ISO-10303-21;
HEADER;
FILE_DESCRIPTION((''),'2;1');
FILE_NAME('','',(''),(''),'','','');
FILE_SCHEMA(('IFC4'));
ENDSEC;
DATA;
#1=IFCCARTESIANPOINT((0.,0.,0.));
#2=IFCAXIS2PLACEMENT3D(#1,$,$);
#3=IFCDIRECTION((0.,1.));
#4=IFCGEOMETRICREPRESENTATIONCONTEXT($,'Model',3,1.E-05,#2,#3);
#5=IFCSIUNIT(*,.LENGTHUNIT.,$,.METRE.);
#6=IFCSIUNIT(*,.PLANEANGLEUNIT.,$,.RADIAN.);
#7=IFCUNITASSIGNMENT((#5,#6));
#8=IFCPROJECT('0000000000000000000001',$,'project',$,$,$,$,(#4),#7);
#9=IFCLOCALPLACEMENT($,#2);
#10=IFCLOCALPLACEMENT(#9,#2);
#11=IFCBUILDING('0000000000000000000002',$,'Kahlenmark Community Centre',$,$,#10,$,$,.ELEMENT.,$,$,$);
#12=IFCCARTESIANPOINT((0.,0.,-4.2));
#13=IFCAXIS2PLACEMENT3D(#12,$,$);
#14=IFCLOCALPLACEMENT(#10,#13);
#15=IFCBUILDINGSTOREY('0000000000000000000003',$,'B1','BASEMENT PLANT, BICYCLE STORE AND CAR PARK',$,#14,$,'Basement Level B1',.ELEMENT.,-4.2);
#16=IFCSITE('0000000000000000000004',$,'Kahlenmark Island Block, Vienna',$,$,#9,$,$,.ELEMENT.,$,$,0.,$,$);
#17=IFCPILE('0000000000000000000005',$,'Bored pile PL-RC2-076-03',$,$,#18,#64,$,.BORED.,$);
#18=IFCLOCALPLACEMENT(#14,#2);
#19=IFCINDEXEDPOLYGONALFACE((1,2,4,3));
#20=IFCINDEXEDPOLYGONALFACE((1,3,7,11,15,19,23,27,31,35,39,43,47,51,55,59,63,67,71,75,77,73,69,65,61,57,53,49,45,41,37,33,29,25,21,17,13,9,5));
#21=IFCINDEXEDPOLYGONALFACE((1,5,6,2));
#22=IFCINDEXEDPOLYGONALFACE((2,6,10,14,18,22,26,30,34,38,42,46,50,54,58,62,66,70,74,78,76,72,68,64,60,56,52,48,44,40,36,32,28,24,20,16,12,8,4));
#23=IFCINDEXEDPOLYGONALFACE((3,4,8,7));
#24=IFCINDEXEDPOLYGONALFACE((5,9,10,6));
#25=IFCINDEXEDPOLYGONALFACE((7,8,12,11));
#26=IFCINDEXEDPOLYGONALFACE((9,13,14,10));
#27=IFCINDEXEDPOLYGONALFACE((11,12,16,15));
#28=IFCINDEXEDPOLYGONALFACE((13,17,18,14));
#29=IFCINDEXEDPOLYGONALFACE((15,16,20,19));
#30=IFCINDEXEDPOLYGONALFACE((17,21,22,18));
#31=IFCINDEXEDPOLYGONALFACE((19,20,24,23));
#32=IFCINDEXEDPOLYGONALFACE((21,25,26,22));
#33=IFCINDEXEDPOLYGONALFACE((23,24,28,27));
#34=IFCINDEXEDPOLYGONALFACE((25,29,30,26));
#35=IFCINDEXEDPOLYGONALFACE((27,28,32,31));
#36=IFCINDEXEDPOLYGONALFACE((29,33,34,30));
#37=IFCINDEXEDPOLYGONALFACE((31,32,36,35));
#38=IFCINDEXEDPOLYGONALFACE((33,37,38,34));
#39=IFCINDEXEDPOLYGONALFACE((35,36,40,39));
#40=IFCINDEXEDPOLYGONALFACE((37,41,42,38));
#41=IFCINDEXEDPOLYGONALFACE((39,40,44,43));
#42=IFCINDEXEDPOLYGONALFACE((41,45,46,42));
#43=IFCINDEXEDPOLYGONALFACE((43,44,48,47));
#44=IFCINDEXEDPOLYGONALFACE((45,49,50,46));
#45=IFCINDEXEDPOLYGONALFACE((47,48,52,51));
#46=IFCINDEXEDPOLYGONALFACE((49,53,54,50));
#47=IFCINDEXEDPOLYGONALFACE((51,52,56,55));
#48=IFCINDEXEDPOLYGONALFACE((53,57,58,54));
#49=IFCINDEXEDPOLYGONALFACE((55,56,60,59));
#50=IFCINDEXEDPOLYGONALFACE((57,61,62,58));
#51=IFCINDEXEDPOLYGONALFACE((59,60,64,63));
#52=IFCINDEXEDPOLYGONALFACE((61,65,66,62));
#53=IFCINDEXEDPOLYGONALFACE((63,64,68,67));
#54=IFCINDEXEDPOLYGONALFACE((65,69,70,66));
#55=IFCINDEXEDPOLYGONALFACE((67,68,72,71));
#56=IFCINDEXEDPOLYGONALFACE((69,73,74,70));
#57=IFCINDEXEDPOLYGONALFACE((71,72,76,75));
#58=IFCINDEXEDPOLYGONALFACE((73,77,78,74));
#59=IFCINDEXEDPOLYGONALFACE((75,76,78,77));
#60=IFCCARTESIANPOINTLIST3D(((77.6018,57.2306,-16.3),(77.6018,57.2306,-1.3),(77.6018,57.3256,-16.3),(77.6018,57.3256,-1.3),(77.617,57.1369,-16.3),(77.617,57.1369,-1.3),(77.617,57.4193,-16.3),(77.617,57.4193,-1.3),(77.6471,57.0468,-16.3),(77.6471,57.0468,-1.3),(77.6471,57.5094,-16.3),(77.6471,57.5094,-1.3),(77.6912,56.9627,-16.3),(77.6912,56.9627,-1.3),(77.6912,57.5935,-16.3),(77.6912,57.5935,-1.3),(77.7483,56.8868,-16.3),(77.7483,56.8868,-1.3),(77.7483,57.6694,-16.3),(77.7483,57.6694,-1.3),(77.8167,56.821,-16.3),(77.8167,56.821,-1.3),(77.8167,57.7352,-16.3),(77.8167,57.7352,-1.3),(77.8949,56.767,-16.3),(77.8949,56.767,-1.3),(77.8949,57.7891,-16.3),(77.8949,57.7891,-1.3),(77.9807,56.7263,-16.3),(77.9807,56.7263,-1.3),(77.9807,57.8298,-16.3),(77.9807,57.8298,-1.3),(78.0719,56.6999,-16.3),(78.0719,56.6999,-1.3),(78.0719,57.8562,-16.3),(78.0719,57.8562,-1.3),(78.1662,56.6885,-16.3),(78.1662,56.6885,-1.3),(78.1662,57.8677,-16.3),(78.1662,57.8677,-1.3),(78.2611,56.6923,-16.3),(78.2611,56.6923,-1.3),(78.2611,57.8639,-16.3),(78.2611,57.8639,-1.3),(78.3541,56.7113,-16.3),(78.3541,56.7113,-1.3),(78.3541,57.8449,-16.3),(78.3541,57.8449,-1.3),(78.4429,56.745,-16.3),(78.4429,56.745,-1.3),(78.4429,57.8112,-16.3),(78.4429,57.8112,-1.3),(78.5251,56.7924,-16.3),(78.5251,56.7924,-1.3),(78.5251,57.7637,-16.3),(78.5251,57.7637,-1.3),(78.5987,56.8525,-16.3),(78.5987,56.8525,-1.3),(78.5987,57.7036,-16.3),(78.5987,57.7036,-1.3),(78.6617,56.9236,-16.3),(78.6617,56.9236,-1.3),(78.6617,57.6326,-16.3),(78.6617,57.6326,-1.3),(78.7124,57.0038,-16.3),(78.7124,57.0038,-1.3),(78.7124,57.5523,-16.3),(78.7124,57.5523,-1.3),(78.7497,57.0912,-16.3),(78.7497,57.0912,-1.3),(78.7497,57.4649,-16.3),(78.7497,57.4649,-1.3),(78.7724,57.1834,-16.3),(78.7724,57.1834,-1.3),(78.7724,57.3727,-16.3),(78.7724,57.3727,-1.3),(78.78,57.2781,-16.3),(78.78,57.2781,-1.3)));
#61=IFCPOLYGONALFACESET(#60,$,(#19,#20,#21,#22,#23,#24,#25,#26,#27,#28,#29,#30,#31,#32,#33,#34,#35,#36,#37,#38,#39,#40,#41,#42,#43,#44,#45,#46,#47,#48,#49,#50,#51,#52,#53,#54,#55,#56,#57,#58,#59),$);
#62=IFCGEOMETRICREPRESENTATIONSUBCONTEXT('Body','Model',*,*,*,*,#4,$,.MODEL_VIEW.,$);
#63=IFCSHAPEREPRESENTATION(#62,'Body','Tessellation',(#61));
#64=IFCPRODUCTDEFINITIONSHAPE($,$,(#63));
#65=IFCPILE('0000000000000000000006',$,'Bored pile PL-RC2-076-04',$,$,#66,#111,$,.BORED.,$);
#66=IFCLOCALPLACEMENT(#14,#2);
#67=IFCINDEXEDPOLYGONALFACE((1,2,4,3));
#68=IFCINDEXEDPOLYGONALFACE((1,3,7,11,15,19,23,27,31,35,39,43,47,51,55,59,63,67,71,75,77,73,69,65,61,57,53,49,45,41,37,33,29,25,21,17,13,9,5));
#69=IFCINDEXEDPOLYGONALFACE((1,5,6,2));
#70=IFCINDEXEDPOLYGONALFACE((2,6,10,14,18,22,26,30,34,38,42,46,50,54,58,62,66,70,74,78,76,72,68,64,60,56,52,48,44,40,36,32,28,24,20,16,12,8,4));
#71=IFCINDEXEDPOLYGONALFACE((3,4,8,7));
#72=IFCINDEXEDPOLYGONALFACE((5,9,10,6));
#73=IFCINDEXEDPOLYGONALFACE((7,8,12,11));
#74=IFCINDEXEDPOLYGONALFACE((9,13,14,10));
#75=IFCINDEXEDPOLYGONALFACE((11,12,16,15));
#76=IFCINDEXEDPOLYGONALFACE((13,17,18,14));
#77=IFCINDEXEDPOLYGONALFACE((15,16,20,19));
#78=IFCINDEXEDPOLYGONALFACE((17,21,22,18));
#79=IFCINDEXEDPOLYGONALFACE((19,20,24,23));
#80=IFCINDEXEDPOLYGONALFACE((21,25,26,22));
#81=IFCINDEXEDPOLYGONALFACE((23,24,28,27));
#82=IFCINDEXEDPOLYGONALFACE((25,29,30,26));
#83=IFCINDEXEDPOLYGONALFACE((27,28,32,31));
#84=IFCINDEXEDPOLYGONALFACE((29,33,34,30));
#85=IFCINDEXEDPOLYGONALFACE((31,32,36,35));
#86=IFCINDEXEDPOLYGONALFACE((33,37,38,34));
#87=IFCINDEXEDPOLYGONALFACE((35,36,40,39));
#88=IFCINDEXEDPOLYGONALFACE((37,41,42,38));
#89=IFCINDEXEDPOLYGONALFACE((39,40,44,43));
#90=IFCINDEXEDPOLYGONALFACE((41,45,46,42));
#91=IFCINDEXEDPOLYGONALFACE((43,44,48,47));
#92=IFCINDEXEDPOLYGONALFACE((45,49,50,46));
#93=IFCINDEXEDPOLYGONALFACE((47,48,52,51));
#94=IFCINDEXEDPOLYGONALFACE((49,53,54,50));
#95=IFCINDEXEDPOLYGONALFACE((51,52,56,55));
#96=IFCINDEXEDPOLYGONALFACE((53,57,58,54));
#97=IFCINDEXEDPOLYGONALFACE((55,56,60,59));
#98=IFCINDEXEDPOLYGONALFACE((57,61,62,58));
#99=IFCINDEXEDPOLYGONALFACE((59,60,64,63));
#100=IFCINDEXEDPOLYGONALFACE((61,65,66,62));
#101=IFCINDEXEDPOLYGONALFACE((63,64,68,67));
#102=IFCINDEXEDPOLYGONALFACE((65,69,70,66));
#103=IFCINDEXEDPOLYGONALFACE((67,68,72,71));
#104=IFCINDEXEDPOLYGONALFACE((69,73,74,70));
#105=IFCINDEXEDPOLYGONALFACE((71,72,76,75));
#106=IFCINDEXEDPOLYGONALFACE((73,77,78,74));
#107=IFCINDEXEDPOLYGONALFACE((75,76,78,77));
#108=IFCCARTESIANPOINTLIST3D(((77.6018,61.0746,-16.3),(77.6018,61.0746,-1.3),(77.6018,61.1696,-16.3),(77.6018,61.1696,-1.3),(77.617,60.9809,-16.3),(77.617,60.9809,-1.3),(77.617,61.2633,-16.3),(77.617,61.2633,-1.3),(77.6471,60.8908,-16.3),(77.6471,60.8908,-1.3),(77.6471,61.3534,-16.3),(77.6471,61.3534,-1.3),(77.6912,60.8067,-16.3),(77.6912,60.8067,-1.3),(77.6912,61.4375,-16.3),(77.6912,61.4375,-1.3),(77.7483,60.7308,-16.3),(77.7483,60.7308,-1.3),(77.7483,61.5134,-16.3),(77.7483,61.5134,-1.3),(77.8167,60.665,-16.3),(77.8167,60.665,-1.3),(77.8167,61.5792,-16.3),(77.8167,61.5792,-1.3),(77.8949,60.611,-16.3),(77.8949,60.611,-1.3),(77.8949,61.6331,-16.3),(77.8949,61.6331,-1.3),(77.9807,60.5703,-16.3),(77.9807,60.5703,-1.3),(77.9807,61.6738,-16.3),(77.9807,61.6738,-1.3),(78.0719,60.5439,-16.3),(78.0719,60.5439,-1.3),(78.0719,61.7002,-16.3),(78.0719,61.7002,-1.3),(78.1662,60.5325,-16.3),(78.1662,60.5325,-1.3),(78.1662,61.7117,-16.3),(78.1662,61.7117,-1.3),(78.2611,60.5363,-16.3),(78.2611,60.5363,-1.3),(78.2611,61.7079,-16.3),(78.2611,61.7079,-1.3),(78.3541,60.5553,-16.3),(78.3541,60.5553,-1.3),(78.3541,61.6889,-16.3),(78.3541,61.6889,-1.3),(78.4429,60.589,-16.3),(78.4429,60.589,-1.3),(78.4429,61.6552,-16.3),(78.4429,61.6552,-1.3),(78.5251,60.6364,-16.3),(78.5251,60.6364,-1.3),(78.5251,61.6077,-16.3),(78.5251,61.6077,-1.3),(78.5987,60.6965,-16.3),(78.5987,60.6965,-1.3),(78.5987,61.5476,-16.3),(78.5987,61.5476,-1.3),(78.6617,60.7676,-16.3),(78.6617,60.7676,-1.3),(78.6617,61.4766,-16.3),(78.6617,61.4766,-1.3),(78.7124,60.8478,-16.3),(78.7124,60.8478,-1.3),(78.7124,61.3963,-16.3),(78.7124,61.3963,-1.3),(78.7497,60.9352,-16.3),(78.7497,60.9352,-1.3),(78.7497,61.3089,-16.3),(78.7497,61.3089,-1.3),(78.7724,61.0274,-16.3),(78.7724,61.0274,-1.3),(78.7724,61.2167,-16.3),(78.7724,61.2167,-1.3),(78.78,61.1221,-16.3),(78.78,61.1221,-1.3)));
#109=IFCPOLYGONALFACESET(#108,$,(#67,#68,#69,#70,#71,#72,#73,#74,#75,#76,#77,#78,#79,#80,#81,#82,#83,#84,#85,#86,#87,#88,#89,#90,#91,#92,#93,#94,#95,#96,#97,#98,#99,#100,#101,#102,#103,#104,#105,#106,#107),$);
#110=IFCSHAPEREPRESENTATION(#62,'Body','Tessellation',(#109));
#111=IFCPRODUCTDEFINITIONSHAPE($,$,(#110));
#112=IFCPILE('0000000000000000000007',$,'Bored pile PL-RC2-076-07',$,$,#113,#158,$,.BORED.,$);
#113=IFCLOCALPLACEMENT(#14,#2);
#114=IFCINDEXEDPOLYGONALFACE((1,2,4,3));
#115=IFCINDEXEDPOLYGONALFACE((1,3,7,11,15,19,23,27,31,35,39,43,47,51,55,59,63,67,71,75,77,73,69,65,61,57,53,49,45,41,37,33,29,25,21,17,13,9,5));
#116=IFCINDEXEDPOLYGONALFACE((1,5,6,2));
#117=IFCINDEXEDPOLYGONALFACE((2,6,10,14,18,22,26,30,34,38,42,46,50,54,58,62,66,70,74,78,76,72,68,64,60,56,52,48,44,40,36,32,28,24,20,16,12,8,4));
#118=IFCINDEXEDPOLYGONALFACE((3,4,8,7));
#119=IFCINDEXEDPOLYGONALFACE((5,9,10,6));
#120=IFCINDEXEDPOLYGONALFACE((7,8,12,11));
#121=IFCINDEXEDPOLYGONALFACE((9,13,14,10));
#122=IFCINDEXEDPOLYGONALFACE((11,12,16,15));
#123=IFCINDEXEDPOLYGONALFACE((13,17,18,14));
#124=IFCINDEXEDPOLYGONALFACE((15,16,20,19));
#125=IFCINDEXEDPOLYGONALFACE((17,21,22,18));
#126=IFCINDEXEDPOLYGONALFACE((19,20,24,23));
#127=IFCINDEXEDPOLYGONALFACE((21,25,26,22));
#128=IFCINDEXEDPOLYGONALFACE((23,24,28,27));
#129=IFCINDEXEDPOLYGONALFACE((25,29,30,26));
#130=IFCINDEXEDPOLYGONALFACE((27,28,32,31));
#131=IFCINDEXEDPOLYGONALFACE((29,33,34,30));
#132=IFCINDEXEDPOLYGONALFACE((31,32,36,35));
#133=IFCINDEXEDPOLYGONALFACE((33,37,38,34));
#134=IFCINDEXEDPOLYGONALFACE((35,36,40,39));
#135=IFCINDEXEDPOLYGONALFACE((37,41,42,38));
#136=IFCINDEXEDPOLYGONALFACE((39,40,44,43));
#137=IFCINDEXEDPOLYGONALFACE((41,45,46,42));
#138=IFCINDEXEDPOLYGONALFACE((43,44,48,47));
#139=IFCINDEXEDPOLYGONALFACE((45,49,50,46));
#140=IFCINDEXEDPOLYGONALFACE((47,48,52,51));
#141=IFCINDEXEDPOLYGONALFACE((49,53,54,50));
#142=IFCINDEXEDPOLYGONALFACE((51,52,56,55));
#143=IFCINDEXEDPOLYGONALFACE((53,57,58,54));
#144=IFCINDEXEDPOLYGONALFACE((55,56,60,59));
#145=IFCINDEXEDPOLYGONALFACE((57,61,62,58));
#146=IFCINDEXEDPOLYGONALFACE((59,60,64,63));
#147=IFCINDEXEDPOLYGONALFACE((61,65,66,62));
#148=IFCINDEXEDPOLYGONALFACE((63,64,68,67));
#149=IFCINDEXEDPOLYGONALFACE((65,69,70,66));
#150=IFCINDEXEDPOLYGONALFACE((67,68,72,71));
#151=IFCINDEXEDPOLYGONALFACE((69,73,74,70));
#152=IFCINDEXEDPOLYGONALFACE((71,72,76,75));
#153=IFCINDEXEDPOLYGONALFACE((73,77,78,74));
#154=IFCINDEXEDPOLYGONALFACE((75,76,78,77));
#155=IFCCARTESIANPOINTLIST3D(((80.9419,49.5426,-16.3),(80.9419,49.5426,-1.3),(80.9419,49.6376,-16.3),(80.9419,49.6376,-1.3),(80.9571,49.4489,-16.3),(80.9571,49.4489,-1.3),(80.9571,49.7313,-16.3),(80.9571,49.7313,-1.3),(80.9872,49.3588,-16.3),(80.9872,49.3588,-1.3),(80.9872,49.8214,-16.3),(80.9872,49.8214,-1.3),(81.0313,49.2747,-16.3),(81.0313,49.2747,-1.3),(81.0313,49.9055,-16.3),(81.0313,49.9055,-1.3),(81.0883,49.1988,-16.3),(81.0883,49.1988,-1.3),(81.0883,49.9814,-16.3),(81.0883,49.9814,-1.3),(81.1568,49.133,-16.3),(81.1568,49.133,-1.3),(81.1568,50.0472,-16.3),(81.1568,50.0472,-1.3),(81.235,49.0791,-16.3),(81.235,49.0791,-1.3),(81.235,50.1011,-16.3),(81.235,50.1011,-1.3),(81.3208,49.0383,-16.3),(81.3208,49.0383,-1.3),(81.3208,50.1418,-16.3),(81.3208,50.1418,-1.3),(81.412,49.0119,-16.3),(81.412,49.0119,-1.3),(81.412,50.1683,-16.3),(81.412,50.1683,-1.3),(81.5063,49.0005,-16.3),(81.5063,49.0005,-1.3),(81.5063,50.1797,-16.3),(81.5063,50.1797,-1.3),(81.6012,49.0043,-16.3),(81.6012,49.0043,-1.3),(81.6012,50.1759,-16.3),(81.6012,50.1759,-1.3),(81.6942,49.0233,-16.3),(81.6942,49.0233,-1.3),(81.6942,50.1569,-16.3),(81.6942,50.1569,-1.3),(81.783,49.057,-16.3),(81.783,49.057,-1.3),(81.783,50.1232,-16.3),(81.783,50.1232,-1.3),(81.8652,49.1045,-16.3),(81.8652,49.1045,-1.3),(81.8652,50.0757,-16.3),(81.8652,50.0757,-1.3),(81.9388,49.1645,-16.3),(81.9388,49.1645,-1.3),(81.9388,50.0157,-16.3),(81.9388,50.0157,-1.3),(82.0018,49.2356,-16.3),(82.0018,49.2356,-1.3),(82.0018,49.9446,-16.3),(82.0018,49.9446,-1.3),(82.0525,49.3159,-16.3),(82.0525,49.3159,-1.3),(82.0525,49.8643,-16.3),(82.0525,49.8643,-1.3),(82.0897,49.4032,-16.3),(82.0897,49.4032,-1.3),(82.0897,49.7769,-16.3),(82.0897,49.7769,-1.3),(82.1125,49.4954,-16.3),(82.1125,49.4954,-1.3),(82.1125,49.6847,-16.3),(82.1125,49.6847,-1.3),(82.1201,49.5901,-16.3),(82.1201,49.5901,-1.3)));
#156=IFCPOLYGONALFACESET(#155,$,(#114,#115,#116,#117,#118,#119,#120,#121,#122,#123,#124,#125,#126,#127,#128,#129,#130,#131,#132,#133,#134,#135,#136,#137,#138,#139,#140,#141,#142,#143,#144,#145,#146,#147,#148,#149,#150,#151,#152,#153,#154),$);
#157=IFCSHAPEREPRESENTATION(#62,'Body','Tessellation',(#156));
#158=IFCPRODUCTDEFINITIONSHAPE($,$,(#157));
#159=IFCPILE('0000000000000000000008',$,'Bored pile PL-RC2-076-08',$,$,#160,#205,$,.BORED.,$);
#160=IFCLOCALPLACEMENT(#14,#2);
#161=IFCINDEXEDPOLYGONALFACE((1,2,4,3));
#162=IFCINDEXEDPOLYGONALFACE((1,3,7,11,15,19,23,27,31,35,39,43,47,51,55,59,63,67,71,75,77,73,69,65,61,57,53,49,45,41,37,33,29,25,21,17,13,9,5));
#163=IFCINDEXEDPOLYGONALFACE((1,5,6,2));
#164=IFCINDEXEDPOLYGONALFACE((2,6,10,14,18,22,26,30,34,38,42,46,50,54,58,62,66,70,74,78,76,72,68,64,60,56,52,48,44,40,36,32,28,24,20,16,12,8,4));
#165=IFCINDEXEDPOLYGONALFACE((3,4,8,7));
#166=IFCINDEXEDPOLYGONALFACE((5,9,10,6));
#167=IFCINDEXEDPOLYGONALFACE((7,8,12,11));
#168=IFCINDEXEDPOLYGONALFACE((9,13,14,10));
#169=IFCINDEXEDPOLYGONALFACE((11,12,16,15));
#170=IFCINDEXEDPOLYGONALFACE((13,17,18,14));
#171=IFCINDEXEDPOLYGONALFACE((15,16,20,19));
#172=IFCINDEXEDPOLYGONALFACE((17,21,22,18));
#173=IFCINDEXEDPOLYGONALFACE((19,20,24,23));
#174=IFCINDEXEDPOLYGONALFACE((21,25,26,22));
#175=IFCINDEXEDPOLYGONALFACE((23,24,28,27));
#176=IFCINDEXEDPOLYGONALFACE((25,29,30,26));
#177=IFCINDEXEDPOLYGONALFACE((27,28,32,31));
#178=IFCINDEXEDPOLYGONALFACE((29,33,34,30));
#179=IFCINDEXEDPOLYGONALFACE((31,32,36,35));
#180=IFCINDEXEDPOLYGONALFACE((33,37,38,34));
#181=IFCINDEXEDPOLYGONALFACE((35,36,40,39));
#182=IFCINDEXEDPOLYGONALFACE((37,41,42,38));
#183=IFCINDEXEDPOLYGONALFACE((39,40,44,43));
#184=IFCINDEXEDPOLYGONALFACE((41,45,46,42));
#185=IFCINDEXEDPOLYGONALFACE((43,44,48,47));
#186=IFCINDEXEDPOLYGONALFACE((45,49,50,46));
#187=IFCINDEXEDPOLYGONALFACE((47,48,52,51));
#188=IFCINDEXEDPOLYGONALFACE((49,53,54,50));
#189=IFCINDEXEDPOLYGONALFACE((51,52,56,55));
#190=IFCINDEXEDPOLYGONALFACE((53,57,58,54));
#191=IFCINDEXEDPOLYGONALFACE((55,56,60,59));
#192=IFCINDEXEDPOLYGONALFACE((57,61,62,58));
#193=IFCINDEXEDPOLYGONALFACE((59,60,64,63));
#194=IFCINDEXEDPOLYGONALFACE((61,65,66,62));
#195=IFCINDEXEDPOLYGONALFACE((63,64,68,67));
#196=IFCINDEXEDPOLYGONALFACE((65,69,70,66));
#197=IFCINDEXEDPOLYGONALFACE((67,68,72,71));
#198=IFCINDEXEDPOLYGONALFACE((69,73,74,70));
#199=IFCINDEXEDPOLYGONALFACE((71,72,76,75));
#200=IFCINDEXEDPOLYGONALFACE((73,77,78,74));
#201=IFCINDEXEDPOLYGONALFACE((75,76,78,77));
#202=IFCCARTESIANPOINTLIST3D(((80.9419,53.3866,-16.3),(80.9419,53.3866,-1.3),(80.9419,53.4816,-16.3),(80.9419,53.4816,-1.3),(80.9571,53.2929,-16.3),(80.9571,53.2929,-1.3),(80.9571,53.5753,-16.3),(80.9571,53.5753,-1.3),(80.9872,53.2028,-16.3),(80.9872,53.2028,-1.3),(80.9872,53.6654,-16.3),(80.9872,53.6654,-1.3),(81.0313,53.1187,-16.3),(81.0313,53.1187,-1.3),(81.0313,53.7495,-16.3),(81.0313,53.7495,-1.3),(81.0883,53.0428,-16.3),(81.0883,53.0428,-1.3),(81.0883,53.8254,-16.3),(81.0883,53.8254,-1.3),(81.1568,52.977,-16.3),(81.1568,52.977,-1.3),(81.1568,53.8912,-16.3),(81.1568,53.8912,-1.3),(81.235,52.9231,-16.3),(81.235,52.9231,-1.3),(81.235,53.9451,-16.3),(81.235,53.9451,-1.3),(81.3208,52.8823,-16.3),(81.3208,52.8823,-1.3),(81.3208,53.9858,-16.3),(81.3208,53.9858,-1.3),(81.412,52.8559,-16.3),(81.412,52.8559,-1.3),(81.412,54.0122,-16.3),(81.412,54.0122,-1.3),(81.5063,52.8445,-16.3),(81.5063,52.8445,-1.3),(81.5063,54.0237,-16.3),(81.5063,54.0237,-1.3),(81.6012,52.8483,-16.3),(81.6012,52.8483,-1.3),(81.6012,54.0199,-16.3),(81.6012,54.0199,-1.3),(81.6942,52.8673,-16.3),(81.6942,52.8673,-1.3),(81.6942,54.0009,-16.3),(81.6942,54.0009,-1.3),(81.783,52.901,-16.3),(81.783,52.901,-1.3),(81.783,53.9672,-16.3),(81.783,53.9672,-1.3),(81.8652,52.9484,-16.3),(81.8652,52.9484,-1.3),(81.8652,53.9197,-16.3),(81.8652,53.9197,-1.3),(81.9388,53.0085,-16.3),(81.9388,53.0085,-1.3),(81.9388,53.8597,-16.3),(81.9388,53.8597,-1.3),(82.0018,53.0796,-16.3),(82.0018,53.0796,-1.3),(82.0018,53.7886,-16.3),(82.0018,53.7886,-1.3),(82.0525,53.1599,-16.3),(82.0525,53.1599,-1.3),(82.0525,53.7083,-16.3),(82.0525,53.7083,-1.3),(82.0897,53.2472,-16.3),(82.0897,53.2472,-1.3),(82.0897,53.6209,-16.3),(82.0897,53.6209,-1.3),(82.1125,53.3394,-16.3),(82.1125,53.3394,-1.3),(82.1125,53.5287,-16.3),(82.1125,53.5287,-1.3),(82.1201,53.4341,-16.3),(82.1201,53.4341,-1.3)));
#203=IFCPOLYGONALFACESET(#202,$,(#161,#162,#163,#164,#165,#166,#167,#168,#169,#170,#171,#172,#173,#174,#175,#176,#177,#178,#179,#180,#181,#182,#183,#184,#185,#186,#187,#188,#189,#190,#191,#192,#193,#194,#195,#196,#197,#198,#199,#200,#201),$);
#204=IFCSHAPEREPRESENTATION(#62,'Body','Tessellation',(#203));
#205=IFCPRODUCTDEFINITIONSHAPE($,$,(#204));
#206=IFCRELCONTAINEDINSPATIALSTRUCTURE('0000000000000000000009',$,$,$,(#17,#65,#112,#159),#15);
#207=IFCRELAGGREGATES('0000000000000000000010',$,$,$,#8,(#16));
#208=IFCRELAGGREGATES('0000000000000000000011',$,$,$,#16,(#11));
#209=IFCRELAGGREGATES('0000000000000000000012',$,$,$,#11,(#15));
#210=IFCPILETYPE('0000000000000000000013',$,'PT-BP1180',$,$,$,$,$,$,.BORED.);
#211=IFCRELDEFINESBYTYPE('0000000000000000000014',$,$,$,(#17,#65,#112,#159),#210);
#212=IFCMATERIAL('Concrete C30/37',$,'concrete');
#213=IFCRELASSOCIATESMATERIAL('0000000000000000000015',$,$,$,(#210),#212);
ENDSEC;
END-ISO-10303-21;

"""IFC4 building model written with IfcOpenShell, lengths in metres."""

from ifc_helpers import new_model, si_unit, direction, frame, origin, origin_2d, place, context, subcontext, project, spatial, circle, extrude, material, material_profile, profile_set, type_object, element, save


model = new_model("IFC4")

# Units and contexts
model_context = context("Model", 3, precision=1e-05, world=origin(), true_north=direction((0.0, 1.0)))
body_context = subcontext(model_context, "Body", "Model", "MODEL_VIEW")
ifc_project = project(units=[si_unit("LENGTHUNIT", "METRE"), si_unit("PLANEANGLEUNIT", "RADIAN")], contexts=[model_context])

# Site, building, storey
site_placement = place(None, origin())
site = spatial("IfcSite", under=ifc_project, at=site_placement, Name="Kahlenmark Island Block, Vienna", CompositionType="ELEMENT", RefElevation=0.0)
building_placement = place(site_placement, origin())
building = spatial("IfcBuilding", under=site, at=building_placement, Name="Kahlenmark Community Centre", CompositionType="ELEMENT")
storey_placement = place(building_placement, frame((0.0, 0.0, -4.2)))
storey = spatial("IfcBuildingStorey", under=building, at=storey_placement, Name="B1", Description="BASEMENT PLANT, BICYCLE STORE AND CAR PARK", LongName="Basement Level B1", CompositionType="ELEMENT", Elevation=-4.2)

# Shared definitions
ifc_material_1 = material(Name="Concrete C30/37", Category="concrete")

# Piles
ifc_material_profile_1 = material_profile(ifc_material_1, circle(Radius=0.5901, at=origin_2d()), Name="BORED PILE 1180")
ifc_profile_set_1 = profile_set([ifc_material_profile_1], Name="Concrete C30/37")
pile_type_1 = type_object("IfcPileType", Name="PT-BP1180", PredefinedType="BORED", material=ifc_profile_set_1)
for number, where, z_axis, x_axis, name in (
    (1, (78.1899, 57.2781, -1.3), (0.0, 0.0, -1.0), (1.0, 0.0, 0.0), "Bored pile PL-RC2-076-03"),
    (2, (78.1899, 61.1221, -1.3), (0.0, 0.0, -1.0), (1.0, 0.0, 0.0), "Bored pile PL-RC2-076-04"),
    (3, (81.53, 49.5901, -1.3), (0.0, 0.0, -1.0), (1.0, 0.0, 0.0), "Bored pile PL-RC2-076-07"),
    (4, (81.53, 53.4341, -1.3), (0.0, 0.0, -1.0), (1.0, 0.0, 0.0), "Bored pile PL-RC2-076-08"),
):
    element("IfcPile", number, at=place(storey_placement, frame(where, z_axis=z_axis, x_axis=x_axis)), inside=storey, type_object=pile_type_1, Name=name, PredefinedType="BORED", context=body_context, shape_type="SweptSolid", body=[
        extrude(circle(Radius=0.5901, at=origin_2d()), origin(), (0.0, 0.0, 1.0), 15.0),
    ])

save(model, "model.ifc")
